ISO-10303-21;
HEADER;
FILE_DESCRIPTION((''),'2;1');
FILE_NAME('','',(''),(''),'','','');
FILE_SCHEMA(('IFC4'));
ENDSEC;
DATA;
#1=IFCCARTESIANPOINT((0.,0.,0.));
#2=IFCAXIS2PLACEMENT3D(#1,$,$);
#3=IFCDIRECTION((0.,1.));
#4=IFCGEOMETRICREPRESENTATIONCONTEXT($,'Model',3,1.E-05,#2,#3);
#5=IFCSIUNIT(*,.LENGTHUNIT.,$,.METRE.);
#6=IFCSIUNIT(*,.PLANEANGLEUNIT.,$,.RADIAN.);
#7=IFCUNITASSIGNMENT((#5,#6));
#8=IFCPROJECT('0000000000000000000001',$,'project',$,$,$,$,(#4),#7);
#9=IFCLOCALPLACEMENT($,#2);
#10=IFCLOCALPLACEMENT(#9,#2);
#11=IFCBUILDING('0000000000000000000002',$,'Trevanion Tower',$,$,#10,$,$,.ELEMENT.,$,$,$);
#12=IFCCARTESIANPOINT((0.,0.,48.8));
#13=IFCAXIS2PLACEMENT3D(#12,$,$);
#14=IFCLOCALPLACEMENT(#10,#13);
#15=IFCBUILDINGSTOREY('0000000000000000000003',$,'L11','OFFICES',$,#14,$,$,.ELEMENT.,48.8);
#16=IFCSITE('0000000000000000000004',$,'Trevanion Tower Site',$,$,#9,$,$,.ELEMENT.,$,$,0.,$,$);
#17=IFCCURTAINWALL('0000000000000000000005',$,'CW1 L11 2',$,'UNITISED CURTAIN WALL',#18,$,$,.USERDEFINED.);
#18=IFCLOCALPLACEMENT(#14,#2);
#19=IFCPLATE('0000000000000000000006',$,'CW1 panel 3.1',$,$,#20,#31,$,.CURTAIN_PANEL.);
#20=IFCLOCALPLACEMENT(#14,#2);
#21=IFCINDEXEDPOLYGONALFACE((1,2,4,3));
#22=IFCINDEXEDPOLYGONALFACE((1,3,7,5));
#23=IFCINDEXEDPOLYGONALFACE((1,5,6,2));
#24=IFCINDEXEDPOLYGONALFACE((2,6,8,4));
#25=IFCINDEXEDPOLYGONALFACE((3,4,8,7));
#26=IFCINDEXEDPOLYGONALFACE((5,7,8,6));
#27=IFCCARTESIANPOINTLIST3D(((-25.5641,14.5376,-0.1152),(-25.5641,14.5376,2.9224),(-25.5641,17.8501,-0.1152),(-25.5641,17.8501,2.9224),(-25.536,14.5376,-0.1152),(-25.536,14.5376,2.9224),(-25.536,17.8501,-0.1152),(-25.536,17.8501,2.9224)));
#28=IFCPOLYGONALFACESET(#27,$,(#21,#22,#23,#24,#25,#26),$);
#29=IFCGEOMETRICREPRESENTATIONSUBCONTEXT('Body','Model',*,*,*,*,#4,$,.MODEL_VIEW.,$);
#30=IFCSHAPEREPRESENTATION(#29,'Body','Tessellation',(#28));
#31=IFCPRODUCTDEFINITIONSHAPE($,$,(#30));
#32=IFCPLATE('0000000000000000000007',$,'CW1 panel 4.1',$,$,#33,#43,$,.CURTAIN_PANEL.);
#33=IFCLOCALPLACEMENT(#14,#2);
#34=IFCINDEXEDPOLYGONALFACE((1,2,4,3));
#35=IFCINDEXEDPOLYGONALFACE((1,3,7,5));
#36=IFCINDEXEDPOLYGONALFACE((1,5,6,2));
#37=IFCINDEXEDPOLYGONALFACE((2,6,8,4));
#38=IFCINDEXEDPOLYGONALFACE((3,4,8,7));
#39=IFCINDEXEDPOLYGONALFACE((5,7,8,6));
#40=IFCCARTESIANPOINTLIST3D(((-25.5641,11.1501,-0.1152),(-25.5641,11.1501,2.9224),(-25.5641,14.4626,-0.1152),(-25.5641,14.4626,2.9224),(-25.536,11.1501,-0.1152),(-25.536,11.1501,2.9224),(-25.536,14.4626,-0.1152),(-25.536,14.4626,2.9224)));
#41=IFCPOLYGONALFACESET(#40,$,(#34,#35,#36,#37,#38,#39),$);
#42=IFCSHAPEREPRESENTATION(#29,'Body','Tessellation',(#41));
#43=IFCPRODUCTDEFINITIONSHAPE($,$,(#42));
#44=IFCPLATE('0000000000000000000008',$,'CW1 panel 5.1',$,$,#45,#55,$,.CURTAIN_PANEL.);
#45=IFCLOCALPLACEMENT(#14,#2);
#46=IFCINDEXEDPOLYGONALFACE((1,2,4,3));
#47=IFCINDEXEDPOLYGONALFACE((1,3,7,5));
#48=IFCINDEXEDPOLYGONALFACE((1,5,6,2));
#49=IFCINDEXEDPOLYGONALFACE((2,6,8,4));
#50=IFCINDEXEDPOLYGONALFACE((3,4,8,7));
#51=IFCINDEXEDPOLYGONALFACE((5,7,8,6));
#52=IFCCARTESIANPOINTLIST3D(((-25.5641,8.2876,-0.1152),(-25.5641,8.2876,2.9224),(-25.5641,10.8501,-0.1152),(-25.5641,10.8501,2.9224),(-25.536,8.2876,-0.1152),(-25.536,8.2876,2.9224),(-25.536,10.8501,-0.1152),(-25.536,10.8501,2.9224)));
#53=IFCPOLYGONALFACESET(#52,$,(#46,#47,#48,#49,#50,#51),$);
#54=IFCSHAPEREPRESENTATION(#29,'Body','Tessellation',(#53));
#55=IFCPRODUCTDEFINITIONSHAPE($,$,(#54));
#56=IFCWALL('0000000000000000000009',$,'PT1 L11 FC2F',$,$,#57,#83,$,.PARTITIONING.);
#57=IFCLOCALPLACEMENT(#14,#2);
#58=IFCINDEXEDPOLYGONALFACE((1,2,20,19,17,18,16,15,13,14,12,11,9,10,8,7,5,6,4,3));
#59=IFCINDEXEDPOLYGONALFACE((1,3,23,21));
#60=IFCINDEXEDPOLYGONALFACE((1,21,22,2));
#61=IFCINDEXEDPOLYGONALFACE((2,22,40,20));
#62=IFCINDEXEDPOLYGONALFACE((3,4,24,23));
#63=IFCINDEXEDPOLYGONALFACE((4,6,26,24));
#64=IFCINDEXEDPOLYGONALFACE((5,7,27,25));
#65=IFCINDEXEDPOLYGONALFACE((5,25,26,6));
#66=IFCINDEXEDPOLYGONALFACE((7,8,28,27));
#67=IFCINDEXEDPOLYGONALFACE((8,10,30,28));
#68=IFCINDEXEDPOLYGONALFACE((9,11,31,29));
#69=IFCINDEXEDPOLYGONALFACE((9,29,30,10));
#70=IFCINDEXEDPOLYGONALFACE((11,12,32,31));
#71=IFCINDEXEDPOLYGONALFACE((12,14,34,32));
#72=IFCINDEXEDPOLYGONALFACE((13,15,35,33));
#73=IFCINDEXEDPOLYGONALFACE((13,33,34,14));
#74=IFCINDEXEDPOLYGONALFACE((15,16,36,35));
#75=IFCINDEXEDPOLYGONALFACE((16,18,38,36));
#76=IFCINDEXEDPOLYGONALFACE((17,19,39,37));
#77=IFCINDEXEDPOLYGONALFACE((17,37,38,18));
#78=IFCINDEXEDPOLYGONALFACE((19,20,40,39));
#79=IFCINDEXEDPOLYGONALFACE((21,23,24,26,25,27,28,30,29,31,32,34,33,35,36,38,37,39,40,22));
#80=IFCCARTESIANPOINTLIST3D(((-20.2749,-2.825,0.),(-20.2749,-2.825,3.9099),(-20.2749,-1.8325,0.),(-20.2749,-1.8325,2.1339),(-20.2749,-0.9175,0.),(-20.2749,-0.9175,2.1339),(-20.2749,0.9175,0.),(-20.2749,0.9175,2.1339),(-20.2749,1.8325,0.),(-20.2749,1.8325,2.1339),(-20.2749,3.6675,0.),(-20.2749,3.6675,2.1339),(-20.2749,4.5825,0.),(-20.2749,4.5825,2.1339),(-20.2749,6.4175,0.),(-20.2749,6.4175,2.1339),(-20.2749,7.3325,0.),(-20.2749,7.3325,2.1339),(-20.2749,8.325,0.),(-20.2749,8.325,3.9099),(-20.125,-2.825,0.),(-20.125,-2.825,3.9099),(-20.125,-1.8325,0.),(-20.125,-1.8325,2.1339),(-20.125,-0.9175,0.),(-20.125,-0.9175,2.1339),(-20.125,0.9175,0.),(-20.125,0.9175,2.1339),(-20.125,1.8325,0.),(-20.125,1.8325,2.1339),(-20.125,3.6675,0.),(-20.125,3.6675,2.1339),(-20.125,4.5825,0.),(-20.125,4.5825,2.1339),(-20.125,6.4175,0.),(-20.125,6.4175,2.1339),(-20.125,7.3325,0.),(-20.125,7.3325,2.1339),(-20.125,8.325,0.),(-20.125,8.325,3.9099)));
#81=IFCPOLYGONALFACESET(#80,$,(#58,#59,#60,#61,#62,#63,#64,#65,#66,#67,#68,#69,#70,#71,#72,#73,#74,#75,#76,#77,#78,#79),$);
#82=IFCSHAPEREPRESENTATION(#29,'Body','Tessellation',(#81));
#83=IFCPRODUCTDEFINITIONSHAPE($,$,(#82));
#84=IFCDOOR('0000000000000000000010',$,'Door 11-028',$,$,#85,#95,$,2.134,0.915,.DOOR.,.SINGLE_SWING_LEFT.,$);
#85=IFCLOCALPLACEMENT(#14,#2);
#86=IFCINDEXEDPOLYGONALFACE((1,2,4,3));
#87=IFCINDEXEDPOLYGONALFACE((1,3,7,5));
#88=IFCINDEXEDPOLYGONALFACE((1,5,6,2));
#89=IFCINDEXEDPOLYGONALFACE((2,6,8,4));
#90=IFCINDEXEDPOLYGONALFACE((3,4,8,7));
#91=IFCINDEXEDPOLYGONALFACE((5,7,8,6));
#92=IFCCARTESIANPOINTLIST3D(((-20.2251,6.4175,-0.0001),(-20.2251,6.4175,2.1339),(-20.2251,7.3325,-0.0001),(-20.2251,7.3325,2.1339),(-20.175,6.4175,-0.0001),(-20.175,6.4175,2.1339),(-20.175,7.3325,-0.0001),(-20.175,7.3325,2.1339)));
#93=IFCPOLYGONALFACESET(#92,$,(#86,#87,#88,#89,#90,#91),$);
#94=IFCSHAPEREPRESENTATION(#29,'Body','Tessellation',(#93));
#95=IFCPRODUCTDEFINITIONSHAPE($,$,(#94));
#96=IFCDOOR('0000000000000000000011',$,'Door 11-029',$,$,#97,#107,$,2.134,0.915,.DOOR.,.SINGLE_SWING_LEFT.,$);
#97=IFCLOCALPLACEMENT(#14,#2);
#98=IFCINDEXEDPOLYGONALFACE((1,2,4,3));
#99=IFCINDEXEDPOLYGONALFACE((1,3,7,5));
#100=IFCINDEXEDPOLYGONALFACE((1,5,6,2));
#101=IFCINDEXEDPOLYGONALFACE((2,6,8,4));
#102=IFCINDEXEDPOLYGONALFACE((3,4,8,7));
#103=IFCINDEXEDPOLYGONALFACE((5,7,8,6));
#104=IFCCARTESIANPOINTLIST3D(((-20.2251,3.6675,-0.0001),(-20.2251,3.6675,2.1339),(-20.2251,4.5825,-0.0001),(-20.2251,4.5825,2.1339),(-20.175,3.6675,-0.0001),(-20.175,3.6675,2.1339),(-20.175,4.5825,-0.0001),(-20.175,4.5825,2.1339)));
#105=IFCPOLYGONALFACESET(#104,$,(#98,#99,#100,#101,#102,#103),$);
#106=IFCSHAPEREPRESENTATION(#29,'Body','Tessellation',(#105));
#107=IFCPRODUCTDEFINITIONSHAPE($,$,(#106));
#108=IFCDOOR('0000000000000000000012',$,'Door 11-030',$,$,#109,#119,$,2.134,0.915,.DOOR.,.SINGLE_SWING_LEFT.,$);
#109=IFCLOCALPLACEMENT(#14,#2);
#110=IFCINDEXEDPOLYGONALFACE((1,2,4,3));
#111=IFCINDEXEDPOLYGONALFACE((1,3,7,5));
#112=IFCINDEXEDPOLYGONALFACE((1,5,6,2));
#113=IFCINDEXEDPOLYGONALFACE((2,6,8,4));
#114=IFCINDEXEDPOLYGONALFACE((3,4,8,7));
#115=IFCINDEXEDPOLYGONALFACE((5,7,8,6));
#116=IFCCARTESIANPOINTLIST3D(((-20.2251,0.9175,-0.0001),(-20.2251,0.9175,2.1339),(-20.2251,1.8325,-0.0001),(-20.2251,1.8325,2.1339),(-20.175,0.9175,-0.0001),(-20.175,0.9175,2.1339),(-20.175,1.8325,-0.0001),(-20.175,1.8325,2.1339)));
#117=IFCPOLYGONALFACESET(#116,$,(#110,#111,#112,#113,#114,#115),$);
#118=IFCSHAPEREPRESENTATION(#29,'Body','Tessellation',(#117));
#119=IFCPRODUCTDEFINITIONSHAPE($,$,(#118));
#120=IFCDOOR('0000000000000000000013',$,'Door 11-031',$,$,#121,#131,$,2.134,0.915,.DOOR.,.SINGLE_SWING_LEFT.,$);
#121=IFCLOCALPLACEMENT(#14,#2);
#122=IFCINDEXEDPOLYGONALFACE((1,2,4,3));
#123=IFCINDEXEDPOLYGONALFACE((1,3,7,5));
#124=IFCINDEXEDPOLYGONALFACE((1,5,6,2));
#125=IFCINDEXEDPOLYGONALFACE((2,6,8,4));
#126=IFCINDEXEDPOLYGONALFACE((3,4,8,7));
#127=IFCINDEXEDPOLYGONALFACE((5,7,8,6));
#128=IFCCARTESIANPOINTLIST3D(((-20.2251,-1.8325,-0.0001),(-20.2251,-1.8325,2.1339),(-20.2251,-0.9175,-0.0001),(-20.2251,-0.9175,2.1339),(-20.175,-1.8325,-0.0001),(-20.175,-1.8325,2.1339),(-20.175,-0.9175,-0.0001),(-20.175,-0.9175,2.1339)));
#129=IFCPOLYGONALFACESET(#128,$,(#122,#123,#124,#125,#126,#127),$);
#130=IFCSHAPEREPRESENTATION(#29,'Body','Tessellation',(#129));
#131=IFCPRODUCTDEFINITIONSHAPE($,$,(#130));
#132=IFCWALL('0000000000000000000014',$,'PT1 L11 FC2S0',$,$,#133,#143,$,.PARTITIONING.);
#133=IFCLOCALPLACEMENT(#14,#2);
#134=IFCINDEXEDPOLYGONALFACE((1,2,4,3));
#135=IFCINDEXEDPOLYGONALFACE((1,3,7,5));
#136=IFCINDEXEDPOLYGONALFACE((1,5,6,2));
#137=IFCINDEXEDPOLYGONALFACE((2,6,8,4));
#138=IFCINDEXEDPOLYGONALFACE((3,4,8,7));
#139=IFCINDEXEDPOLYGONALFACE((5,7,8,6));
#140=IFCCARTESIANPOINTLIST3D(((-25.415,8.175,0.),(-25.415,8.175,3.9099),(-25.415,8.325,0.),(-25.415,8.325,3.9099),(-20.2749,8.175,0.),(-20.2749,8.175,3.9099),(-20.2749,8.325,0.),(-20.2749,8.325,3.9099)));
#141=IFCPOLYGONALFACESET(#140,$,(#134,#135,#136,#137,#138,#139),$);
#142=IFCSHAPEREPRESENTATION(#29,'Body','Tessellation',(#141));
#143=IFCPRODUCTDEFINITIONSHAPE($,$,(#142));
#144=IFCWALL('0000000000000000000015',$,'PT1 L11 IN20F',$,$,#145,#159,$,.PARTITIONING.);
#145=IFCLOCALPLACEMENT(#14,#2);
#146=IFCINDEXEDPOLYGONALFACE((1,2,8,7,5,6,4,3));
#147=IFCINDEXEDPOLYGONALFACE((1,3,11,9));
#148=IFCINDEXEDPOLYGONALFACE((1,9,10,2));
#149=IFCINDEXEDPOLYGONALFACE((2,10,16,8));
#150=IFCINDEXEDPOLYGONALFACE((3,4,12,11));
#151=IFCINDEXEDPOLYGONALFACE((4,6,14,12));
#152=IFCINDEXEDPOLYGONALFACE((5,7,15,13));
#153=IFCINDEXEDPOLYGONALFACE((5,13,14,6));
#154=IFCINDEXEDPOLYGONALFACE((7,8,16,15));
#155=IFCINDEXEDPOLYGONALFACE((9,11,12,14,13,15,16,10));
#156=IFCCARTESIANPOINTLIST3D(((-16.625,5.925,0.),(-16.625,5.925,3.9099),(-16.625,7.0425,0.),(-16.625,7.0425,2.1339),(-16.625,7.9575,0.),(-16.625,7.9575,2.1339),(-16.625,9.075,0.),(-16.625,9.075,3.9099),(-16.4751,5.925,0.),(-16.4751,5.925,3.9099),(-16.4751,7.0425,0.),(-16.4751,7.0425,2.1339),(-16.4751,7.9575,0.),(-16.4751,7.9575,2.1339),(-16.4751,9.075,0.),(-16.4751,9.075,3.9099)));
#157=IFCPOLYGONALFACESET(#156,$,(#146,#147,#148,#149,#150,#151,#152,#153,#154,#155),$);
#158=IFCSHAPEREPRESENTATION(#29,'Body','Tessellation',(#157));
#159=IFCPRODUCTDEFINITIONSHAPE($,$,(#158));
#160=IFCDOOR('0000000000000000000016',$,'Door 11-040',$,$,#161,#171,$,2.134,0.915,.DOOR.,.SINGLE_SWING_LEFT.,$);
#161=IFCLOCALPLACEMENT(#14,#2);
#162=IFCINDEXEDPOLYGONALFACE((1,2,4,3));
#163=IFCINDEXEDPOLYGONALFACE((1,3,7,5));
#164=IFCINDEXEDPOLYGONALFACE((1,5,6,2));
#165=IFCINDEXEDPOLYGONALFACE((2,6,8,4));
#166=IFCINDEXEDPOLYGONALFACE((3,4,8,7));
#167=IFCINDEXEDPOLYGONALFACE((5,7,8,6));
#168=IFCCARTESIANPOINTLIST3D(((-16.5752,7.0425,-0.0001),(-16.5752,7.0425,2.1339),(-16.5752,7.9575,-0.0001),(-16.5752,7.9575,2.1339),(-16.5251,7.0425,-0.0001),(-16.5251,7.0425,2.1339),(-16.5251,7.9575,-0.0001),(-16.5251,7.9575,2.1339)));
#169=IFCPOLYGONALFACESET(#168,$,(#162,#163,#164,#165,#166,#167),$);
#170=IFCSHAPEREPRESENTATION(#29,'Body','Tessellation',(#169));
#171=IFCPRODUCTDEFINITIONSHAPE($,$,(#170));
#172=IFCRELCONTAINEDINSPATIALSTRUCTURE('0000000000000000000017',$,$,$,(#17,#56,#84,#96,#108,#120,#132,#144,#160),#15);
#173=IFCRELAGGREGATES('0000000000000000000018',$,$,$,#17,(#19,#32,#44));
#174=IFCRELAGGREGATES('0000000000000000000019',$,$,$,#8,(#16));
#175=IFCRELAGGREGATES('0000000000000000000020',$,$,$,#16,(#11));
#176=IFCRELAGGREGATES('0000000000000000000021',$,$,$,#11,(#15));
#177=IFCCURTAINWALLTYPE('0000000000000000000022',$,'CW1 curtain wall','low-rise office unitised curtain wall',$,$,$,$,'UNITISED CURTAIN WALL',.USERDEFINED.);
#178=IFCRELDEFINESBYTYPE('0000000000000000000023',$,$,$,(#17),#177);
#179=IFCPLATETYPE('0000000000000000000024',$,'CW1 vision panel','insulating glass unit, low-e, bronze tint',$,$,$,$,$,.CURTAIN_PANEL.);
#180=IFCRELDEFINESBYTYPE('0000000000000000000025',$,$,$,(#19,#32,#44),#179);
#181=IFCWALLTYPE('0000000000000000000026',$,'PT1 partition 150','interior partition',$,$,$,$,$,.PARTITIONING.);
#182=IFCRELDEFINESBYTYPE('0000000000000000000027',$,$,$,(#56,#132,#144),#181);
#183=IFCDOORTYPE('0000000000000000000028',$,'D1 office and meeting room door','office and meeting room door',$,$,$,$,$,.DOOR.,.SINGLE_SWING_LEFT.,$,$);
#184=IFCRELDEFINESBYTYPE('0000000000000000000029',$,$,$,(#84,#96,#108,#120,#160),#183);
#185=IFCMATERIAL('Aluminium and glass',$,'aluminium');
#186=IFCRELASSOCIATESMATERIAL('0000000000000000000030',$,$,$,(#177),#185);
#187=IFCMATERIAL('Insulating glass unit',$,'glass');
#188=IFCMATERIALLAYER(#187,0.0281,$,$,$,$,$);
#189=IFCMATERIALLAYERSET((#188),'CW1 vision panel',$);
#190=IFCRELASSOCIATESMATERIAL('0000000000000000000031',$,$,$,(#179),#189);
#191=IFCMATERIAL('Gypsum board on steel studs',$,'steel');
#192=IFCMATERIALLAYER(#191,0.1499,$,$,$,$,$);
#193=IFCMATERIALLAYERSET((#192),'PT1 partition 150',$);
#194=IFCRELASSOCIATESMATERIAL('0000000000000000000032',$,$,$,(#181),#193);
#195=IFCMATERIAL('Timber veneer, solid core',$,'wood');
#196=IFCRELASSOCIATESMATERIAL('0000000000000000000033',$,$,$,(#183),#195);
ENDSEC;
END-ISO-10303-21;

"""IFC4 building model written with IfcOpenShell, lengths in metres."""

from ifc_helpers import new_model, si_unit, direction, frame, frame_2d, origin, origin_2d, place, context, subcontext, project, spatial, rectangle, extrude, material, layer, layer_set, type_object, element, fill, aggregate, save


model = new_model("IFC4")

# Units and contexts
model_context = context("Model", 3, precision=1e-05, world=origin(), true_north=direction((0.0, 1.0)))
body_context = subcontext(model_context, "Body", "Model", "MODEL_VIEW")
ifc_project = project(units=[si_unit("LENGTHUNIT", "METRE"), si_unit("PLANEANGLEUNIT", "RADIAN")], contexts=[model_context])

# Site, building, storey
site_placement = place(None, origin())
site = spatial("IfcSite", under=ifc_project, at=site_placement, Name="Trevanion Tower Site", CompositionType="ELEMENT", RefElevation=0.0)
building_placement = place(site_placement, origin())
building = spatial("IfcBuilding", under=site, at=building_placement, Name="Trevanion Tower", CompositionType="ELEMENT")
storey_placement = place(building_placement, frame((0.0, 0.0, 48.8)))
storey = spatial("IfcBuildingStorey", under=building, at=storey_placement, Name="L11", Description="OFFICES", CompositionType="ELEMENT", Elevation=48.8)

# Curtain wall
ifc_material_1 = material(Name="Aluminium and glass", Category="aluminium")
curtain_wall_type = type_object("IfcCurtainWallType", Name="CW1 curtain wall", Description="low-rise office unitised curtain wall", ElementType="UNITISED CURTAIN WALL", PredefinedType="USERDEFINED", material=ifc_material_1)
curtain_wall_placement = place(storey_placement, origin())
curtain_wall = element("IfcCurtainWall", 1, at=curtain_wall_placement, inside=storey, type_object=curtain_wall_type, Name="CW1 L11 2", ObjectType="UNITISED CURTAIN WALL", PredefinedType="USERDEFINED")

# Plates
ifc_material_2 = material(Name="Insulating glass unit", Category="glass")
ifc_layer_1 = layer(ifc_material_2, 0.0281)
ifc_layer_set_1 = layer_set([ifc_layer_1], Name="CW1 vision panel")
plate_type_1 = type_object("IfcPlateType", Name="CW1 vision panel", Description="insulating glass unit, low-e, bronze tint", PredefinedType="CURTAIN_PANEL", material=ifc_layer_set_1)
plate_1_placement = place(storey_placement, frame((-25.55, 16.1938, -0.1152), z_axis=(0.0, 0.0, 1.0), x_axis=(0.0, -1.0, 0.0)))
plate_1 = element("IfcPlate", 2, at=plate_1_placement, type_object=plate_type_1, Name="CW1 panel 3.1", PredefinedType="CURTAIN_PANEL", context=body_context, shape_type="SweptSolid", body=[
    extrude(rectangle(XDim=3.3125, YDim=0.0281, at=origin_2d()), origin(), (0.0, 0.0, 1.0), 3.0376),
])
plate_2_placement = place(storey_placement, frame((-25.55, 12.8064, -0.1152), z_axis=(0.0, 0.0, 1.0), x_axis=(0.0, -1.0, 0.0)))
plate_2 = element("IfcPlate", 3, at=plate_2_placement, type_object=plate_type_1, Name="CW1 panel 4.1", PredefinedType="CURTAIN_PANEL", context=body_context, shape_type="SweptSolid", body=[
    extrude(rectangle(XDim=3.3125, YDim=0.0281, at=origin_2d()), origin(), (0.0, 0.0, 1.0), 3.0376),
])
plate_3_placement = place(storey_placement, frame((-25.55, 9.5688, -0.1152), z_axis=(0.0, 0.0, 1.0), x_axis=(0.0, -1.0, 0.0)))
plate_3 = element("IfcPlate", 4, at=plate_3_placement, type_object=plate_type_1, Name="CW1 panel 5.1", PredefinedType="CURTAIN_PANEL", context=body_context, shape_type="SweptSolid", body=[
    extrude(rectangle(XDim=2.5625, YDim=0.0281, at=origin_2d()), origin(), (0.0, 0.0, 1.0), 3.0376),
])
aggregate(curtain_wall, [plate_1, plate_2, plate_3])

# Wall, openings, doors
ifc_material_3 = material(Name="Gypsum board on steel studs", Category="steel")
ifc_layer_2 = layer(ifc_material_3, 0.1499)
ifc_layer_set_2 = layer_set([ifc_layer_2], Name="PT1 partition 150")
wall_type = type_object("IfcWallType", Name="PT1 partition 150", Description="interior partition", PredefinedType="PARTITIONING", material=ifc_layer_set_2)
wall_1_placement = place(storey_placement, frame((-20.2, 8.325, 0.0), z_axis=(0.0, 0.0, 1.0), x_axis=(0.0, -1.0, 0.0)))
wall_1 = element("IfcWall", 5, at=wall_1_placement, inside=storey, type_object=wall_type, Name="PT1 L11 FC2F", PredefinedType="PARTITIONING", context=body_context, shape_type="SweptSolid", body=[
    extrude(rectangle(XDim=11.1499, YDim=0.1499, at=frame_2d((5.575, 0.0))), origin(), (0.0, 0.0, 1.0), 3.9099),
])
opening_1_placement = place(wall_1_placement, frame((0.9924, 0.0, 0.0)))
opening_1 = element("IfcOpeningElement", 6, at=opening_1_placement, cuts=wall_1, PredefinedType="OPENING", context=body_context, shape_type="SweptSolid", body=[
    extrude(rectangle(XDim=0.915, YDim=2.134, at=frame_2d((0.4575, 1.0669))), frame((0.0, 0.085, 0.0), z_axis=(0.0, -1.0, 0.0), x_axis=(1.0, 0.0, 0.0)), (0.0, 0.0, 1.0), 0.1699),
])
opening_2_placement = place(wall_1_placement, frame((3.7424, 0.0, 0.0)))
opening_2 = element("IfcOpeningElement", 7, at=opening_2_placement, cuts=wall_1, PredefinedType="OPENING", context=body_context, shape_type="SweptSolid", body=[
    extrude(rectangle(XDim=0.915, YDim=2.134, at=frame_2d((0.4575, 1.0669))), frame((0.0, 0.085, 0.0), z_axis=(0.0, -1.0, 0.0), x_axis=(1.0, 0.0, 0.0)), (0.0, 0.0, 1.0), 0.1699),
])
opening_3_placement = place(wall_1_placement, frame((6.4924, 0.0, 0.0)))
opening_3 = element("IfcOpeningElement", 8, at=opening_3_placement, cuts=wall_1, PredefinedType="OPENING", context=body_context, shape_type="SweptSolid", body=[
    extrude(rectangle(XDim=0.915, YDim=2.134, at=frame_2d((0.4575, 1.0669))), frame((0.0, 0.085, 0.0), z_axis=(0.0, -1.0, 0.0), x_axis=(1.0, 0.0, 0.0)), (0.0, 0.0, 1.0), 0.1699),
])
opening_4_placement = place(wall_1_placement, frame((9.2424, 0.0, 0.0)))
opening_4 = element("IfcOpeningElement", 9, at=opening_4_placement, cuts=wall_1, PredefinedType="OPENING", context=body_context, shape_type="SweptSolid", body=[
    extrude(rectangle(XDim=0.915, YDim=2.134, at=frame_2d((0.4575, 1.0669))), frame((0.0, 0.085, 0.0), z_axis=(0.0, -1.0, 0.0), x_axis=(1.0, 0.0, 0.0)), (0.0, 0.0, 1.0), 0.1699),
])
ifc_material_4 = material(Name="Timber veneer, solid core", Category="wood")
door_type = type_object("IfcDoorType", Name="D1 office and meeting room door", Description="office and meeting room door", OperationType="SINGLE_SWING_LEFT", PredefinedType="DOOR", material=ifc_material_4)
door_1_placement = place(opening_1_placement, origin())
door_1 = element("IfcDoor", 10, at=door_1_placement, inside=storey, type_object=door_type, Name="Door 11-028", OperationType="SINGLE_SWING_LEFT", OverallHeight=2.134, OverallWidth=0.915, PredefinedType="DOOR", context=body_context, shape_type="SweptSolid", body=[
    extrude(rectangle(XDim=0.915, YDim=2.134, at=frame_2d((0.4575, 1.0669))), frame((0.0, 0.0249, 0.0), z_axis=(0.0, -1.0, 0.0), x_axis=(1.0, 0.0, 0.0)), (0.0, 0.0, 1.0), 0.05),
])
fill(opening_1, door_1)
door_2_placement = place(opening_2_placement, origin())
door_2 = element("IfcDoor", 11, at=door_2_placement, inside=storey, type_object=door_type, Name="Door 11-029", OperationType="SINGLE_SWING_LEFT", OverallHeight=2.134, OverallWidth=0.915, PredefinedType="DOOR", context=body_context, shape_type="SweptSolid", body=[
    extrude(rectangle(XDim=0.915, YDim=2.134, at=frame_2d((0.4575, 1.0669))), frame((0.0, 0.0249, 0.0), z_axis=(0.0, -1.0, 0.0), x_axis=(1.0, 0.0, 0.0)), (0.0, 0.0, 1.0), 0.05),
])
fill(opening_2, door_2)
door_3_placement = place(opening_3_placement, origin())
door_3 = element("IfcDoor", 12, at=door_3_placement, inside=storey, type_object=door_type, Name="Door 11-030", OperationType="SINGLE_SWING_LEFT", OverallHeight=2.134, OverallWidth=0.915, PredefinedType="DOOR", context=body_context, shape_type="SweptSolid", body=[
    extrude(rectangle(XDim=0.915, YDim=2.134, at=frame_2d((0.4575, 1.0669))), frame((0.0, 0.0249, 0.0), z_axis=(0.0, -1.0, 0.0), x_axis=(1.0, 0.0, 0.0)), (0.0, 0.0, 1.0), 0.05),
])
fill(opening_3, door_3)
door_4_placement = place(opening_4_placement, origin())
door_4 = element("IfcDoor", 13, at=door_4_placement, inside=storey, type_object=door_type, Name="Door 11-031", OperationType="SINGLE_SWING_LEFT", OverallHeight=2.134, OverallWidth=0.915, PredefinedType="DOOR", context=body_context, shape_type="SweptSolid", body=[
    extrude(rectangle(XDim=0.915, YDim=2.134, at=frame_2d((0.4575, 1.0669))), frame((0.0, 0.0249, 0.0), z_axis=(0.0, -1.0, 0.0), x_axis=(1.0, 0.0, 0.0)), (0.0, 0.0, 1.0), 0.05),
])
fill(opening_4, door_4)

# Wall
wall_2_placement = place(storey_placement, frame((-20.2749, 8.25, 0.0), z_axis=(0.0, 0.0, 1.0), x_axis=(-1.0, 0.0, 0.0)))
element("IfcWall", 14, at=wall_2_placement, inside=storey, type_object=wall_type, Name="PT1 L11 FC2S0", PredefinedType="PARTITIONING", context=body_context, shape_type="SweptSolid", body=[
    extrude(rectangle(XDim=5.1401, YDim=0.1499, at=frame_2d((2.5701, 0.0))), origin(), (0.0, 0.0, 1.0), 3.9099),
])

# Wall, opening, door
wall_3_placement = place(storey_placement, frame((-16.55, 9.075, 0.0), z_axis=(0.0, 0.0, 1.0), x_axis=(0.0, -1.0, 0.0)))
wall_3 = element("IfcWall", 15, at=wall_3_placement, inside=storey, type_object=wall_type, Name="PT1 L11 IN20F", PredefinedType="PARTITIONING", context=body_context, shape_type="SweptSolid", body=[
    extrude(rectangle(XDim=3.1499, YDim=0.1499, at=frame_2d((1.575, 0.0))), origin(), (0.0, 0.0, 1.0), 3.9099),
])
opening_5_placement = place(wall_3_placement, frame((1.1174, 0.0, 0.0)))
opening_5 = element("IfcOpeningElement", 16, at=opening_5_placement, cuts=wall_3, PredefinedType="OPENING", context=body_context, shape_type="SweptSolid", body=[
    extrude(rectangle(XDim=0.915, YDim=2.134, at=frame_2d((0.4575, 1.0669))), frame((0.0, 0.085, 0.0), z_axis=(0.0, -1.0, 0.0), x_axis=(1.0, 0.0, 0.0)), (0.0, 0.0, 1.0), 0.1699),
])
door_5_placement = place(opening_5_placement, origin())
door_5 = element("IfcDoor", 17, at=door_5_placement, inside=storey, type_object=door_type, Name="Door 11-040", OperationType="SINGLE_SWING_LEFT", OverallHeight=2.134, OverallWidth=0.915, PredefinedType="DOOR", context=body_context, shape_type="SweptSolid", body=[
    extrude(rectangle(XDim=0.915, YDim=2.134, at=frame_2d((0.4575, 1.0669))), frame((0.0, 0.0249, 0.0), z_axis=(0.0, -1.0, 0.0), x_axis=(1.0, 0.0, 0.0)), (0.0, 0.0, 1.0), 0.05),
])
fill(opening_5, door_5)

save(model, "model.ifc")
